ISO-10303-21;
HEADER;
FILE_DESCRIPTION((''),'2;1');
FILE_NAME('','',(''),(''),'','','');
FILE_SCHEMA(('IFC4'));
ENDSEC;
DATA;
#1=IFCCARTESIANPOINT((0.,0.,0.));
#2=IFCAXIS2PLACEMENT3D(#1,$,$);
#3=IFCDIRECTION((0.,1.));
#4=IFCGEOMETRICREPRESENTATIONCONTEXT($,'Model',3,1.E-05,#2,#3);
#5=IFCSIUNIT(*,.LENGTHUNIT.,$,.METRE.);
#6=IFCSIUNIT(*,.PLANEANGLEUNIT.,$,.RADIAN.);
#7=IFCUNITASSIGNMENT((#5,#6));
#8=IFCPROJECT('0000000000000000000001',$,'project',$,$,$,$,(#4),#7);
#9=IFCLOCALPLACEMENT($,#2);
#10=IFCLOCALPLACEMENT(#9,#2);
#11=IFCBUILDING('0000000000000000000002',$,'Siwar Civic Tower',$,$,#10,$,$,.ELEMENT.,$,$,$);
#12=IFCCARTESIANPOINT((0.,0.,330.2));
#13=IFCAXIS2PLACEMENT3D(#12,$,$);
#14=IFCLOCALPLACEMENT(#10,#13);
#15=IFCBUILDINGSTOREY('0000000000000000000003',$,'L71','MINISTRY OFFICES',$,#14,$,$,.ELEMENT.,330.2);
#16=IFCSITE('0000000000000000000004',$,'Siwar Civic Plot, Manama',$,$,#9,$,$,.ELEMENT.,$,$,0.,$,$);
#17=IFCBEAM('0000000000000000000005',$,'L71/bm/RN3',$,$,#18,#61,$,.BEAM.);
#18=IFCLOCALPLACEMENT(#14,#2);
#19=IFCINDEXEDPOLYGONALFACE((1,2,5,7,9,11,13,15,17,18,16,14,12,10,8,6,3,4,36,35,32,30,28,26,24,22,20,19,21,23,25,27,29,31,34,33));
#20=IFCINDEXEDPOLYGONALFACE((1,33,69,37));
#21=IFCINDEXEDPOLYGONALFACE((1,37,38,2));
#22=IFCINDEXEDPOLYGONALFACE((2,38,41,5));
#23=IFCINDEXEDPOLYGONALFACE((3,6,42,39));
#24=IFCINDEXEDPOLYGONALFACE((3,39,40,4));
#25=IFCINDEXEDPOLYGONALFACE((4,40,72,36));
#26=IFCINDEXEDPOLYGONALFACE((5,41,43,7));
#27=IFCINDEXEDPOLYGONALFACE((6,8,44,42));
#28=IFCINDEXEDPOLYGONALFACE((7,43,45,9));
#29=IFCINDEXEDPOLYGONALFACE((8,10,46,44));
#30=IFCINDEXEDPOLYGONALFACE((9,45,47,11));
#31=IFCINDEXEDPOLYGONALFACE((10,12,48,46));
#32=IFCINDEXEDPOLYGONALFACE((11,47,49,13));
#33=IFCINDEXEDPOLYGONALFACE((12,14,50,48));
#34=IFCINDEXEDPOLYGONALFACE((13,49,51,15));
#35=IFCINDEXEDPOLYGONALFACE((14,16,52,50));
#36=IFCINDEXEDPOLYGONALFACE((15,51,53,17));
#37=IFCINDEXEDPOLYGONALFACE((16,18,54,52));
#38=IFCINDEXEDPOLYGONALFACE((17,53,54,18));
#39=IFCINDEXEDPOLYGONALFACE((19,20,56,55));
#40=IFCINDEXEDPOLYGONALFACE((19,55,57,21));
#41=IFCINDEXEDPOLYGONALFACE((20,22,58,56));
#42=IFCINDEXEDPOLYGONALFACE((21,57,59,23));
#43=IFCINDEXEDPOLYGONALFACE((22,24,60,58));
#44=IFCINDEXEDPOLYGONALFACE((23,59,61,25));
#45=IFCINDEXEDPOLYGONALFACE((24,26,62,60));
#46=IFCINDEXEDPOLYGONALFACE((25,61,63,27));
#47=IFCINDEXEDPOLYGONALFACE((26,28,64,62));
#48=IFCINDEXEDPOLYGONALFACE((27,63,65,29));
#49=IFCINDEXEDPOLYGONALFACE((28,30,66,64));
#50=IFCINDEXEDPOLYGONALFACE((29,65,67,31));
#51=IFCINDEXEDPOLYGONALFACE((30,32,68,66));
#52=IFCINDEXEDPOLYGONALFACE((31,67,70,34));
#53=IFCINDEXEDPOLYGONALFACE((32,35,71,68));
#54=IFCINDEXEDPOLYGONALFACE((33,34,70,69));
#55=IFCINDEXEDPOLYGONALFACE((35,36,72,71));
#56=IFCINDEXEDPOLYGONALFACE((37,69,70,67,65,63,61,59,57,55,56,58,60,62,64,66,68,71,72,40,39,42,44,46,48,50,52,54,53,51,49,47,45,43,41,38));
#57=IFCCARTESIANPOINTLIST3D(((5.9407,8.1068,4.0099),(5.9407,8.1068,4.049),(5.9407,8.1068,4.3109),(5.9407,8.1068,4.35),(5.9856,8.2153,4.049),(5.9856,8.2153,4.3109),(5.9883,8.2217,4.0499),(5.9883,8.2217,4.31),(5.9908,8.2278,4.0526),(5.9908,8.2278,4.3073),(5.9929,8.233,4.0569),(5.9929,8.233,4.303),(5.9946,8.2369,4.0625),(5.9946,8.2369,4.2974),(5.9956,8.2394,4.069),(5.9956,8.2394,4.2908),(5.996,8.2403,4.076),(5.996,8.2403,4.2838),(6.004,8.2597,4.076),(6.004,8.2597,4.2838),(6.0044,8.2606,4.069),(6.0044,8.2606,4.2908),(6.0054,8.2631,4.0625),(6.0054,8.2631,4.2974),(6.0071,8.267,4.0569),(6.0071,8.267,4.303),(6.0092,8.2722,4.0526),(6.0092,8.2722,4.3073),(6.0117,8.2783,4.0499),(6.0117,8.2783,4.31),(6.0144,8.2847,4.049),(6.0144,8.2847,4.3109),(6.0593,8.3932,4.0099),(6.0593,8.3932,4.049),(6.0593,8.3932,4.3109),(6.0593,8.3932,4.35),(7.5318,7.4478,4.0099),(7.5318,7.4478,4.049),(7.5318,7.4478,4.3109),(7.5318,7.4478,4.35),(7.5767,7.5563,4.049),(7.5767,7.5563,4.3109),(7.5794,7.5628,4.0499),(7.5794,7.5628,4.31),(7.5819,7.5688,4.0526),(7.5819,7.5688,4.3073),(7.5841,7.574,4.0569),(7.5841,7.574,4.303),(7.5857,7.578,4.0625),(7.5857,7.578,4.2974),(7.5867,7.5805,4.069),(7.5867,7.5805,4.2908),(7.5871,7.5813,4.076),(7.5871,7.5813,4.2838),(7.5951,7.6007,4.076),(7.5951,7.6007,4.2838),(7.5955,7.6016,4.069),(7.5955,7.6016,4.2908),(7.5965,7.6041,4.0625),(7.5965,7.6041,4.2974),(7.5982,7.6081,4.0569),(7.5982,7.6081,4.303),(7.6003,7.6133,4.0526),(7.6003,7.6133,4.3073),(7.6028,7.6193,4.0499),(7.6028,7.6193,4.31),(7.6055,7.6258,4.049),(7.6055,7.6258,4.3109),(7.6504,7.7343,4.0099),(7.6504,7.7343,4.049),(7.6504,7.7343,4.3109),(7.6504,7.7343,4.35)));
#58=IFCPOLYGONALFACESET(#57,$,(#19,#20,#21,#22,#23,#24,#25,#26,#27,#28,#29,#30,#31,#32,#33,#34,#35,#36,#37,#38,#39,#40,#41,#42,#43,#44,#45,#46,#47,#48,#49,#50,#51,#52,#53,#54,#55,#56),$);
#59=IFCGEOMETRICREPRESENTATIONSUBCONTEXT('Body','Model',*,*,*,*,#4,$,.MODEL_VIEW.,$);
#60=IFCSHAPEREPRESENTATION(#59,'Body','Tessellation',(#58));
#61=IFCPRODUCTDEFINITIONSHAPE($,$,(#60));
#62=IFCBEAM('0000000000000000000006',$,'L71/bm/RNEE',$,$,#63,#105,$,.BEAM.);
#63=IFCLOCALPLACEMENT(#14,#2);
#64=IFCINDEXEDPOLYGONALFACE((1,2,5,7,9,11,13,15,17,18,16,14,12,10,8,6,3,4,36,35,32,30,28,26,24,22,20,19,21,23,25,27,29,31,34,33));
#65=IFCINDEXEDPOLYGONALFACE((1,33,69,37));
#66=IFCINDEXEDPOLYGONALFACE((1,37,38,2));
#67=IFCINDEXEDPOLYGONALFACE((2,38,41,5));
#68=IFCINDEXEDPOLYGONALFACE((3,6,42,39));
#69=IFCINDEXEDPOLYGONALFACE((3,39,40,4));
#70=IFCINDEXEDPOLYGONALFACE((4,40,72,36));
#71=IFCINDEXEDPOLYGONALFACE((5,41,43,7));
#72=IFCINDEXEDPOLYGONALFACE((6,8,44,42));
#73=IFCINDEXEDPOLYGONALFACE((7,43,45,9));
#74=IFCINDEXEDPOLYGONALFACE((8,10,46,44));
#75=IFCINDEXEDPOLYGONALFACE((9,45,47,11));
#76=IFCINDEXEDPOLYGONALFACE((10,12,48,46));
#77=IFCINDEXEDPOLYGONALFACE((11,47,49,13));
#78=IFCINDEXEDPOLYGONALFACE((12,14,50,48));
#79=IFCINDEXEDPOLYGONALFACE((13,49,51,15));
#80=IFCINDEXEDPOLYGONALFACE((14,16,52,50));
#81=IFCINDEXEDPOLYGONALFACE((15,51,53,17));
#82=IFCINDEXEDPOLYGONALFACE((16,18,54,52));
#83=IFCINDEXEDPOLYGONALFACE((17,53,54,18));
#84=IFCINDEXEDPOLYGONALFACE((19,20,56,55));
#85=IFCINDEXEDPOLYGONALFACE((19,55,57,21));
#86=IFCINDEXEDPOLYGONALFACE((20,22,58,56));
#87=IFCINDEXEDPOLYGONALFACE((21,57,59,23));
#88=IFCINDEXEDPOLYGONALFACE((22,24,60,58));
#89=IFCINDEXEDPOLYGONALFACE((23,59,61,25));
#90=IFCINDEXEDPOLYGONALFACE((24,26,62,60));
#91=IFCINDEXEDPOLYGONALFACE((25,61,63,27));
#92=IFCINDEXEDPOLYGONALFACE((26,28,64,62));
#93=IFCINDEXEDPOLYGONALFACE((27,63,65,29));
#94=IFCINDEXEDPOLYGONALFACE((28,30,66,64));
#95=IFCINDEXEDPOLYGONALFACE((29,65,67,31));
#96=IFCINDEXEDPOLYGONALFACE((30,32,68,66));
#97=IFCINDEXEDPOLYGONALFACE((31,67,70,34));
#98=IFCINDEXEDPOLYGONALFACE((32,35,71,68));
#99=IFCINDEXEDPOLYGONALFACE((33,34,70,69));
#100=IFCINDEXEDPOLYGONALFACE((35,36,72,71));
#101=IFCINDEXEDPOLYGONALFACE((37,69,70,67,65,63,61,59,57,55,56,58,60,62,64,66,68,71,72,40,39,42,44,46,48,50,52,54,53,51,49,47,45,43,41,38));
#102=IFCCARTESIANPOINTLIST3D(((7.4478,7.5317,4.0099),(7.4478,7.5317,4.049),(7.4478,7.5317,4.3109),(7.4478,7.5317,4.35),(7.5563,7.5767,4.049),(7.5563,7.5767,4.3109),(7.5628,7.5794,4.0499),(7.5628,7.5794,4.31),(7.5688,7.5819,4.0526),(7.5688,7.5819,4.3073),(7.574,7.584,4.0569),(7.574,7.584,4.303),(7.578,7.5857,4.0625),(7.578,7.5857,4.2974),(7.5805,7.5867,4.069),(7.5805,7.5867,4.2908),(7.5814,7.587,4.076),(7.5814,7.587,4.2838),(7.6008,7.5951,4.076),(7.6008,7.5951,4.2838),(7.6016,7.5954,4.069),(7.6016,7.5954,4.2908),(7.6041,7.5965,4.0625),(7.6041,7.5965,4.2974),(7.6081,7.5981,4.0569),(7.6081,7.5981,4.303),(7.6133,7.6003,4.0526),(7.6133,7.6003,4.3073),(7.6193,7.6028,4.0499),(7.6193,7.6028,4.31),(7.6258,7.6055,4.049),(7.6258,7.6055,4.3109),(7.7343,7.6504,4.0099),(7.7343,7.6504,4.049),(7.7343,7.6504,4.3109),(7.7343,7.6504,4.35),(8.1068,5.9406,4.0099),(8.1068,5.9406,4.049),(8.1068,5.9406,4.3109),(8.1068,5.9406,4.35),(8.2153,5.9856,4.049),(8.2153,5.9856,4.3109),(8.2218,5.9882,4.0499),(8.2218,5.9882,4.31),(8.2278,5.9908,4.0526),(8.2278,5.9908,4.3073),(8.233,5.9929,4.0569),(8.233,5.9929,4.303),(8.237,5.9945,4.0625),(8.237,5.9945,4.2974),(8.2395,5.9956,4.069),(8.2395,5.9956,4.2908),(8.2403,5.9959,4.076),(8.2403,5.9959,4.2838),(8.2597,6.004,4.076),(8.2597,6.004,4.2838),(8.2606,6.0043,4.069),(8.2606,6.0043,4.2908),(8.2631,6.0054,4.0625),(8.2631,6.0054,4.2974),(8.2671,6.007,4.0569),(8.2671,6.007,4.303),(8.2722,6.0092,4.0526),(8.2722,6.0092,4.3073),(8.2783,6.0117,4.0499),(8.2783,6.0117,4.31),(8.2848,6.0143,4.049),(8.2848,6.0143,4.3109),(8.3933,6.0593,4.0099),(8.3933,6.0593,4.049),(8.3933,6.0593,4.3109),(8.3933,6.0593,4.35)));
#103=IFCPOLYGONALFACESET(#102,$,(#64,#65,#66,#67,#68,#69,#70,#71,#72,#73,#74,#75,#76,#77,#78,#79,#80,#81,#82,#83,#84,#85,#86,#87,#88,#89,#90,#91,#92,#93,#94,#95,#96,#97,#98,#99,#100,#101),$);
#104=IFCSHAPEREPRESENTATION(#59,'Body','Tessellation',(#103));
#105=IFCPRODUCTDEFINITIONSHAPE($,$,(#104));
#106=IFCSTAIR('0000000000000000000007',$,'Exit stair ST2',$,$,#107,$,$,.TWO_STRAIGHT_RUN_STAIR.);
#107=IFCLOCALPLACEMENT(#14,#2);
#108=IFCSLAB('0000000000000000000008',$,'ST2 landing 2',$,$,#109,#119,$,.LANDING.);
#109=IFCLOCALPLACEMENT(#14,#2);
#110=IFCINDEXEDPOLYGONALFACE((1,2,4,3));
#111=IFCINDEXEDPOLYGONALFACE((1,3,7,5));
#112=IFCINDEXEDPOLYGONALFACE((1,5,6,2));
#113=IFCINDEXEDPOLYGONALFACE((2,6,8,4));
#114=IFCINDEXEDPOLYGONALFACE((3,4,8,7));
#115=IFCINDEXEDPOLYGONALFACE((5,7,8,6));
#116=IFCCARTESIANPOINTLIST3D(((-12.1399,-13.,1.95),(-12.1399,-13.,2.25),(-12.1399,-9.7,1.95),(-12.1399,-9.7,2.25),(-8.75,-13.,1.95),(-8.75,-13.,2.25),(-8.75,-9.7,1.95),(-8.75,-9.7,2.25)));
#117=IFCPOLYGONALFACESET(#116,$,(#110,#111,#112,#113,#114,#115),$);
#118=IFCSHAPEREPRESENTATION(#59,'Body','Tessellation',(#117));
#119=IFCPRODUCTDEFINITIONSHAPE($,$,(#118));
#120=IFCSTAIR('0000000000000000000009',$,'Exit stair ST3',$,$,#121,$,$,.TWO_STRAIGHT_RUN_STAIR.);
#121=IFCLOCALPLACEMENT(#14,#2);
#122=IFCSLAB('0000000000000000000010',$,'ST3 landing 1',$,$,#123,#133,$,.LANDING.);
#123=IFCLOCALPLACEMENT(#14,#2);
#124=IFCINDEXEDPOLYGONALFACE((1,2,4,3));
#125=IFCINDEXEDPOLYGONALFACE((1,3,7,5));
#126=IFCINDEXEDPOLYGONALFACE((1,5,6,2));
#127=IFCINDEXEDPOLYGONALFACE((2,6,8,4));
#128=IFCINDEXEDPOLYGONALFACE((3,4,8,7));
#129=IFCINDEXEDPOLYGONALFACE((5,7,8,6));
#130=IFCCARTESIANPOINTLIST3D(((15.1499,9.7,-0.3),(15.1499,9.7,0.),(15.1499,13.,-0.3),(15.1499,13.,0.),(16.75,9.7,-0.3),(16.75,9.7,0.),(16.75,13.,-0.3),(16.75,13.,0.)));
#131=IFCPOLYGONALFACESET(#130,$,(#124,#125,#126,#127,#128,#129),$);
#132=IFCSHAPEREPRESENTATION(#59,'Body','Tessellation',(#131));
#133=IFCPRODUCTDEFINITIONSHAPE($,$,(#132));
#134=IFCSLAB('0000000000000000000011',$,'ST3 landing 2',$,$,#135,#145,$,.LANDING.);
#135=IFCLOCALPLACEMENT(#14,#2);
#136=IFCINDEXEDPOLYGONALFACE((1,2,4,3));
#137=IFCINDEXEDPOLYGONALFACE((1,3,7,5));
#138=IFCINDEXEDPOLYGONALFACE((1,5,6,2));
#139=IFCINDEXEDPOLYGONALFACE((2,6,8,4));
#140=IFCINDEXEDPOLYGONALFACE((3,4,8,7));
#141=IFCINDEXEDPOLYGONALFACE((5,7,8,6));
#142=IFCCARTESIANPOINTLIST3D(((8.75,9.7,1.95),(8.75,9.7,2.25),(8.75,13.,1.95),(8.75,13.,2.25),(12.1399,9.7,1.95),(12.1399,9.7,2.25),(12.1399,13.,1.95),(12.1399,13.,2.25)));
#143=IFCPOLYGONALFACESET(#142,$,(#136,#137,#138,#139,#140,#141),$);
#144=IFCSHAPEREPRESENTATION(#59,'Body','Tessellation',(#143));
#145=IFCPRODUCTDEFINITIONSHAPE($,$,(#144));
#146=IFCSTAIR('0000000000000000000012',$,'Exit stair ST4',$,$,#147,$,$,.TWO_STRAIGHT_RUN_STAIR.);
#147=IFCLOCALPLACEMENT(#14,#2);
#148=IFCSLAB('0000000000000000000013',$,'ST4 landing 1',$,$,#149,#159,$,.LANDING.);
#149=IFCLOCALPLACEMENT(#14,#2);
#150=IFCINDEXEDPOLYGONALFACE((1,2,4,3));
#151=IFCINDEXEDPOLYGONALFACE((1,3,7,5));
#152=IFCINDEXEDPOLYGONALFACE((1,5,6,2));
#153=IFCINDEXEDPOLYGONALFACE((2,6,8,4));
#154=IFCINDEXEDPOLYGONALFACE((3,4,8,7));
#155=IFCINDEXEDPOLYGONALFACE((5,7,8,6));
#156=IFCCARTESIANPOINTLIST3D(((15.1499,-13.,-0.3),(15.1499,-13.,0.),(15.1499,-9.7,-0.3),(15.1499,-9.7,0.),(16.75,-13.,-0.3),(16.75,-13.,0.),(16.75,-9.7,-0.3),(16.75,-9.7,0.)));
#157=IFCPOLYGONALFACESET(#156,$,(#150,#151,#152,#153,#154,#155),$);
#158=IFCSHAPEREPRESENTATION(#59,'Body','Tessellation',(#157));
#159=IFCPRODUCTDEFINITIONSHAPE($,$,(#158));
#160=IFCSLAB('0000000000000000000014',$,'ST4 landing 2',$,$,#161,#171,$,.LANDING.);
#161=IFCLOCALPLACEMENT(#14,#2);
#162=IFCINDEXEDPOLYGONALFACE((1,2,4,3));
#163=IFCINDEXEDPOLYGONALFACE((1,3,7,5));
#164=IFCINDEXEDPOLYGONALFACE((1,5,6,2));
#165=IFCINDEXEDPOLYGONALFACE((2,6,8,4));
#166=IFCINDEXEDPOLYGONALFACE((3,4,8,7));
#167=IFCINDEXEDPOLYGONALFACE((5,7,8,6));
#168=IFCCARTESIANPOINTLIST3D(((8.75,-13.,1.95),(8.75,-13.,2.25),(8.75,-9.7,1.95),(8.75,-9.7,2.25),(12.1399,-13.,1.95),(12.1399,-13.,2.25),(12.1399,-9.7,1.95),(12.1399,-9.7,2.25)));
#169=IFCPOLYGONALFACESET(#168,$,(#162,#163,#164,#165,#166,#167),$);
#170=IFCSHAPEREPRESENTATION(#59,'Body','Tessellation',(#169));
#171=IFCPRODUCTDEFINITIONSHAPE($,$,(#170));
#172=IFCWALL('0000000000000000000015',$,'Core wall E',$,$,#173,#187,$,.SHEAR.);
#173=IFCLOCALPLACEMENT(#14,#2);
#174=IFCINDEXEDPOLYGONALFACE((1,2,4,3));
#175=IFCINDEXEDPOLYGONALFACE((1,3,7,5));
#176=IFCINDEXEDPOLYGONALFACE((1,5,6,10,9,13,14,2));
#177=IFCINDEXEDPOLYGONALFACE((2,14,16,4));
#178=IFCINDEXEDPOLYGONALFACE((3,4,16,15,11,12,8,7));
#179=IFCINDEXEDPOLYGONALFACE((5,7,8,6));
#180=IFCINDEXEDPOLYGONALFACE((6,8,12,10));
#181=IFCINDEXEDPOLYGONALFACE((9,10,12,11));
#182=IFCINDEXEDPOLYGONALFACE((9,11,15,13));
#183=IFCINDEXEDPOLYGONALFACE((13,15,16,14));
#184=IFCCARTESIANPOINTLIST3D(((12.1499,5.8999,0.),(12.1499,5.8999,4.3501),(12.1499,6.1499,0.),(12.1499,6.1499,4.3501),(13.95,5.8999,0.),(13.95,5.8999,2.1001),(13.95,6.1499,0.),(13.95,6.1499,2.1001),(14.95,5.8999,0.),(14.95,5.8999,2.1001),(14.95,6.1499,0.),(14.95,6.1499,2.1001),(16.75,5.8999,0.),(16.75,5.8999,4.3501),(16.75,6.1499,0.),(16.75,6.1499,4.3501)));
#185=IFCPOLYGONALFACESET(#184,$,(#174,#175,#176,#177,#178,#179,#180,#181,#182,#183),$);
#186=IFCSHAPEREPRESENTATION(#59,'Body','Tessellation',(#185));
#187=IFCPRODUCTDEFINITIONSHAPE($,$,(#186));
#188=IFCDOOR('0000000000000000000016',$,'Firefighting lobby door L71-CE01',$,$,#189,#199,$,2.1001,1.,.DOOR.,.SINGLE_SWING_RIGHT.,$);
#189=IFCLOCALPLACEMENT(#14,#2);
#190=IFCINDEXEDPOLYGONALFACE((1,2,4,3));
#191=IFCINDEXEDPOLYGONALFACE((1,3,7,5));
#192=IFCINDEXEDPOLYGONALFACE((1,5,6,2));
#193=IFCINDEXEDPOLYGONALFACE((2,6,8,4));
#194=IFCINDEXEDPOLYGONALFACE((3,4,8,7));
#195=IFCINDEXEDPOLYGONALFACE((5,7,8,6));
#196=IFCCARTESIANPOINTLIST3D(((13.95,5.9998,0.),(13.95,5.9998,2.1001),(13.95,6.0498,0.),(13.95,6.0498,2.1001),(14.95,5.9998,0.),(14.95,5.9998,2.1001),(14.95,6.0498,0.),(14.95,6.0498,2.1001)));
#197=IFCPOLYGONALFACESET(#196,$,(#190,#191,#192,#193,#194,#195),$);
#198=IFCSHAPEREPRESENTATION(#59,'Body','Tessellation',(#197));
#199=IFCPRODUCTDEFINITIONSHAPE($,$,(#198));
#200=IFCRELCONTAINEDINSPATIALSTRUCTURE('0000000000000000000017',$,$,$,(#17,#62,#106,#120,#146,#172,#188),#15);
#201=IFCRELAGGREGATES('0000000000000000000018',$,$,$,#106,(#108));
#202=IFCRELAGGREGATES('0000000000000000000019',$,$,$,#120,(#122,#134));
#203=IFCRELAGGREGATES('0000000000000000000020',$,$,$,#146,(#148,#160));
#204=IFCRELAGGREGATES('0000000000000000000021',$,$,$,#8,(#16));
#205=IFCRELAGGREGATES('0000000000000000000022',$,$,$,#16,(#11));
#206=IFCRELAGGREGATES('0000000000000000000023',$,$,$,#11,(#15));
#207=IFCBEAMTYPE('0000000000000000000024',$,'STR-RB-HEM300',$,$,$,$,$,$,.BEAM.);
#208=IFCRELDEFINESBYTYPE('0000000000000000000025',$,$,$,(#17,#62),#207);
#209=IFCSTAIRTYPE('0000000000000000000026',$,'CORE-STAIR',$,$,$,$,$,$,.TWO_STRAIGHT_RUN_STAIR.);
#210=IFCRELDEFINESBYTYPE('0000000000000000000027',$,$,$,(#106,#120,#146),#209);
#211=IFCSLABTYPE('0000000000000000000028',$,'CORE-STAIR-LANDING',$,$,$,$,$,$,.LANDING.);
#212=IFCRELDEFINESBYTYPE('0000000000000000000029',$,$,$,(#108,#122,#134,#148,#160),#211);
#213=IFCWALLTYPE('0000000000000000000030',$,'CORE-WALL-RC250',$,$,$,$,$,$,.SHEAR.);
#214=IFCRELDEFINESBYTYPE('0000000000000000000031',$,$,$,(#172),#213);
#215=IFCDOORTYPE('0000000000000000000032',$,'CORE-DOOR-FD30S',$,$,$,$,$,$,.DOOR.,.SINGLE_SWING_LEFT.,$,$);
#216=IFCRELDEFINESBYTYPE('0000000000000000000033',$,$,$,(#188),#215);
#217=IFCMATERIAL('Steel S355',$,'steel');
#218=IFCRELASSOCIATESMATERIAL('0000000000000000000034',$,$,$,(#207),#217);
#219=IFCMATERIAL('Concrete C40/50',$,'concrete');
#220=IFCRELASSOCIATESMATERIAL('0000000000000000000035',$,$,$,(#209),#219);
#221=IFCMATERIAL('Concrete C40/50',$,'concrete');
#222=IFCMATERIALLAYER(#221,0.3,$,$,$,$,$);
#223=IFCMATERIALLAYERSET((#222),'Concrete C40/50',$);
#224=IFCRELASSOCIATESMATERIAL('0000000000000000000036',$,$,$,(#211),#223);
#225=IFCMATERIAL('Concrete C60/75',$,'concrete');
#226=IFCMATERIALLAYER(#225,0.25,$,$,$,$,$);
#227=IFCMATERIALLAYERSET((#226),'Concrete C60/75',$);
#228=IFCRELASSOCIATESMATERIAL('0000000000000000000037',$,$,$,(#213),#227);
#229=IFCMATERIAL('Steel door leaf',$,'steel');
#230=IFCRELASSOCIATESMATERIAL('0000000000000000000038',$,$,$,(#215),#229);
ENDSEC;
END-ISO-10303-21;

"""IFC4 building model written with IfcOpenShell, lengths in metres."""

from ifc_helpers import new_model, si_unit, direction, frame, frame_2d, origin, origin_2d, place, context, subcontext, project, spatial, polyline, rectangle, i_section, outline, extrude, material, layer, layer_set, material_profile, profile_set, type_object, element, fill, aggregate, save


model = new_model("IFC4")

# Units and contexts
model_context = context("Model", 3, precision=1e-05, world=origin(), true_north=direction((0.0, 1.0)))
body_context = subcontext(model_context, "Body", "Model", "MODEL_VIEW")
ifc_project = project(units=[si_unit("LENGTHUNIT", "METRE"), si_unit("PLANEANGLEUNIT", "RADIAN")], contexts=[model_context])

# Site, building, storey
site_placement = place(None, origin())
site = spatial("IfcSite", under=ifc_project, at=site_placement, Name="Siwar Civic Plot, Manama", CompositionType="ELEMENT", RefElevation=0.0)
building_placement = place(site_placement, origin())
building = spatial("IfcBuilding", under=site, at=building_placement, Name="Siwar Civic Tower", CompositionType="ELEMENT")
storey_placement = place(building_placement, frame((0.0, 0.0, 330.2)))
storey = spatial("IfcBuildingStorey", under=building, at=storey_placement, Name="L71", Description="MINISTRY OFFICES", CompositionType="ELEMENT", Elevation=330.2)

# Beams
ifc_material_1 = material(Name="Steel S355", Category="steel")
ifc_material_profile_1 = material_profile(ifc_material_1, i_section(OverallWidth=0.3101, OverallDepth=0.3401, WebThickness=0.021, FlangeThickness=0.0391, FilletRadius=0.0271, at=origin_2d()), Name="HEM300")
ifc_profile_set_1 = profile_set([ifc_material_profile_1], Name="Steel S355")
beam_type_1 = type_object("IfcBeamType", Name="STR-RB-HEM300", PredefinedType="BEAM", material=ifc_profile_set_1)
for number, where, z_axis, x_axis, name in (
    (1, (6.0, 8.25, 4.1799), (0.923901, -0.382631, 0.0), (0.382631, 0.923901, 0.0), "L71/bm/RN3"),
    (2, (7.5911, 7.5911, 4.1799), (0.382631, -0.923901, 0.0), (0.923901, 0.382631, 0.0), "L71/bm/RNEE"),
):
    element("IfcBeam", number, at=place(storey_placement, frame(where, z_axis=z_axis, x_axis=x_axis)), inside=storey, type_object=beam_type_1, Name=name, PredefinedType="BEAM", context=body_context, shape_type="SweptSolid", body=[
        extrude(i_section(OverallWidth=0.3101, OverallDepth=0.3401, WebThickness=0.021, FlangeThickness=0.0391, FilletRadius=0.0271, at=origin_2d()), origin(), (0.0, 0.0, 1.0), 1.7222),
    ])

# Stair, slab
ifc_material_2 = material(Name="Concrete C40/50", Category="concrete")
stair_type = type_object("IfcStairType", Name="CORE-STAIR", PredefinedType="TWO_STRAIGHT_RUN_STAIR", material=ifc_material_2)
stair_1_placement = place(storey_placement, origin())
stair_1 = element("IfcStair", 3, at=stair_1_placement, inside=storey, type_object=stair_type, Name="Exit stair ST2", PredefinedType="TWO_STRAIGHT_RUN_STAIR")
ifc_material_3 = material(Name="Concrete C40/50", Category="concrete")
ifc_layer_1 = layer(ifc_material_3, 0.3)
ifc_layer_set_1 = layer_set([ifc_layer_1], Name="Concrete C40/50")
slab_type_1 = type_object("IfcSlabType", Name="CORE-STAIR-LANDING", PredefinedType="LANDING", material=ifc_layer_set_1)
slab_1_placement = place(storey_placement, frame((0.0, 0.0, 1.95)))
slab_1 = element("IfcSlab", 4, at=slab_1_placement, type_object=slab_type_1, Name="ST2 landing 2", PredefinedType="LANDING", context=body_context, shape_type="SweptSolid", body=[
    extrude(outline(polyline([(-8.75, -9.7), (-12.1399, -9.7), (-12.1399, -13.0), (-8.75, -13.0), (-8.75, -9.7)])), origin(), (0.0, 0.0, 1.0), 0.3),
])
aggregate(stair_1, [slab_1])

# Stairs, slabs
stair_2_placement = place(storey_placement, origin())
stair_2 = element("IfcStair", 5, at=stair_2_placement, inside=storey, type_object=stair_type, Name="Exit stair ST3", PredefinedType="TWO_STRAIGHT_RUN_STAIR")
slab_2_placement = place(storey_placement, frame((0.0, 0.0, -0.3)))
slab_2 = element("IfcSlab", 6, at=slab_2_placement, type_object=slab_type_1, Name="ST3 landing 1", PredefinedType="LANDING", context=body_context, shape_type="SweptSolid", body=[
    extrude(outline(polyline([(15.1499, 9.7), (16.75, 9.7), (16.75, 13.0), (15.1499, 13.0), (15.1499, 9.7)])), origin(), (0.0, 0.0, 1.0), 0.3),
])
slab_3_placement = place(storey_placement, frame((0.0, 0.0, 1.95)))
slab_3 = element("IfcSlab", 7, at=slab_3_placement, type_object=slab_type_1, Name="ST3 landing 2", PredefinedType="LANDING", context=body_context, shape_type="SweptSolid", body=[
    extrude(outline(polyline([(8.75, 9.7), (12.1399, 9.7), (12.1399, 13.0), (8.75, 13.0), (8.75, 9.7)])), origin(), (0.0, 0.0, 1.0), 0.3),
])
aggregate(stair_2, [slab_2, slab_3])
stair_3_placement = place(storey_placement, origin())
stair_3 = element("IfcStair", 8, at=stair_3_placement, inside=storey, type_object=stair_type, Name="Exit stair ST4", PredefinedType="TWO_STRAIGHT_RUN_STAIR")
slab_4_placement = place(storey_placement, frame((0.0, 0.0, -0.3)))
slab_4 = element("IfcSlab", 9, at=slab_4_placement, type_object=slab_type_1, Name="ST4 landing 1", PredefinedType="LANDING", context=body_context, shape_type="SweptSolid", body=[
    extrude(outline(polyline([(15.1499, -13.0), (16.75, -13.0), (16.75, -9.7), (15.1499, -9.7), (15.1499, -13.0)])), origin(), (0.0, 0.0, 1.0), 0.3),
])
slab_5_placement = place(storey_placement, frame((0.0, 0.0, 1.95)))
slab_5 = element("IfcSlab", 10, at=slab_5_placement, type_object=slab_type_1, Name="ST4 landing 2", PredefinedType="LANDING", context=body_context, shape_type="SweptSolid", body=[
    extrude(outline(polyline([(8.75, -13.0), (12.1399, -13.0), (12.1399, -9.7), (8.75, -9.7), (8.75, -13.0)])), origin(), (0.0, 0.0, 1.0), 0.3),
])
aggregate(stair_3, [slab_4, slab_5])

# Wall, opening, door
ifc_material_4 = material(Name="Concrete C60/75", Category="concrete")
ifc_layer_2 = layer(ifc_material_4, 0.25)
ifc_layer_set_2 = layer_set([ifc_layer_2], Name="Concrete C60/75")
wall_type_1 = type_object("IfcWallType", Name="CORE-WALL-RC250", PredefinedType="SHEAR", material=ifc_layer_set_2)
wall_1_placement = place(storey_placement, frame((12.1499, 6.0249, 0.0), z_axis=(0.0, 0.0, 1.0), x_axis=(1.0, 0.0, 0.0)))
wall_1 = element("IfcWall", 11, at=wall_1_placement, inside=storey, type_object=wall_type_1, Name="Core wall E", PredefinedType="SHEAR", context=body_context, shape_type="SweptSolid", body=[
    extrude(rectangle(XDim=4.6001, YDim=0.25, at=frame_2d((2.3, 0.0))), origin(), (0.0, 0.0, 1.0), 4.3501),
])
opening_placement = place(wall_1_placement, frame((1.8, 0.0, 0.0)))
opening = element("IfcOpeningElement", 12, at=opening_placement, cuts=wall_1, PredefinedType="OPENING", context=body_context, shape_type="SweptSolid", body=[
    extrude(rectangle(XDim=1.0, YDim=2.1001, at=frame_2d((0.5, 1.05))), frame((0.0, 0.135, 0.0), z_axis=(0.0, -1.0, 0.0), x_axis=(1.0, 0.0, 0.0)), (0.0, 0.0, 1.0), 0.27),
])
ifc_material_5 = material(Name="Steel door leaf", Category="steel")
door_type = type_object("IfcDoorType", Name="CORE-DOOR-FD30S", OperationType="SINGLE_SWING_LEFT", PredefinedType="DOOR", material=ifc_material_5)
door_placement = place(opening_placement, origin())
door = element("IfcDoor", 13, at=door_placement, inside=storey, type_object=door_type, Name="Firefighting lobby door L71-CE01", OperationType="SINGLE_SWING_RIGHT", OverallHeight=2.1001, OverallWidth=1.0, PredefinedType="DOOR", context=body_context, shape_type="SweptSolid", body=[
    extrude(rectangle(XDim=1.0, YDim=2.1001, at=frame_2d((0.5, 1.05))), frame((0.0, 0.0249, 0.0), z_axis=(0.0, -1.0, 0.0), x_axis=(1.0, 0.0, 0.0)), (0.0, 0.0, 1.0), 0.05),
])
fill(opening, door)

save(model, "model.ifc")
